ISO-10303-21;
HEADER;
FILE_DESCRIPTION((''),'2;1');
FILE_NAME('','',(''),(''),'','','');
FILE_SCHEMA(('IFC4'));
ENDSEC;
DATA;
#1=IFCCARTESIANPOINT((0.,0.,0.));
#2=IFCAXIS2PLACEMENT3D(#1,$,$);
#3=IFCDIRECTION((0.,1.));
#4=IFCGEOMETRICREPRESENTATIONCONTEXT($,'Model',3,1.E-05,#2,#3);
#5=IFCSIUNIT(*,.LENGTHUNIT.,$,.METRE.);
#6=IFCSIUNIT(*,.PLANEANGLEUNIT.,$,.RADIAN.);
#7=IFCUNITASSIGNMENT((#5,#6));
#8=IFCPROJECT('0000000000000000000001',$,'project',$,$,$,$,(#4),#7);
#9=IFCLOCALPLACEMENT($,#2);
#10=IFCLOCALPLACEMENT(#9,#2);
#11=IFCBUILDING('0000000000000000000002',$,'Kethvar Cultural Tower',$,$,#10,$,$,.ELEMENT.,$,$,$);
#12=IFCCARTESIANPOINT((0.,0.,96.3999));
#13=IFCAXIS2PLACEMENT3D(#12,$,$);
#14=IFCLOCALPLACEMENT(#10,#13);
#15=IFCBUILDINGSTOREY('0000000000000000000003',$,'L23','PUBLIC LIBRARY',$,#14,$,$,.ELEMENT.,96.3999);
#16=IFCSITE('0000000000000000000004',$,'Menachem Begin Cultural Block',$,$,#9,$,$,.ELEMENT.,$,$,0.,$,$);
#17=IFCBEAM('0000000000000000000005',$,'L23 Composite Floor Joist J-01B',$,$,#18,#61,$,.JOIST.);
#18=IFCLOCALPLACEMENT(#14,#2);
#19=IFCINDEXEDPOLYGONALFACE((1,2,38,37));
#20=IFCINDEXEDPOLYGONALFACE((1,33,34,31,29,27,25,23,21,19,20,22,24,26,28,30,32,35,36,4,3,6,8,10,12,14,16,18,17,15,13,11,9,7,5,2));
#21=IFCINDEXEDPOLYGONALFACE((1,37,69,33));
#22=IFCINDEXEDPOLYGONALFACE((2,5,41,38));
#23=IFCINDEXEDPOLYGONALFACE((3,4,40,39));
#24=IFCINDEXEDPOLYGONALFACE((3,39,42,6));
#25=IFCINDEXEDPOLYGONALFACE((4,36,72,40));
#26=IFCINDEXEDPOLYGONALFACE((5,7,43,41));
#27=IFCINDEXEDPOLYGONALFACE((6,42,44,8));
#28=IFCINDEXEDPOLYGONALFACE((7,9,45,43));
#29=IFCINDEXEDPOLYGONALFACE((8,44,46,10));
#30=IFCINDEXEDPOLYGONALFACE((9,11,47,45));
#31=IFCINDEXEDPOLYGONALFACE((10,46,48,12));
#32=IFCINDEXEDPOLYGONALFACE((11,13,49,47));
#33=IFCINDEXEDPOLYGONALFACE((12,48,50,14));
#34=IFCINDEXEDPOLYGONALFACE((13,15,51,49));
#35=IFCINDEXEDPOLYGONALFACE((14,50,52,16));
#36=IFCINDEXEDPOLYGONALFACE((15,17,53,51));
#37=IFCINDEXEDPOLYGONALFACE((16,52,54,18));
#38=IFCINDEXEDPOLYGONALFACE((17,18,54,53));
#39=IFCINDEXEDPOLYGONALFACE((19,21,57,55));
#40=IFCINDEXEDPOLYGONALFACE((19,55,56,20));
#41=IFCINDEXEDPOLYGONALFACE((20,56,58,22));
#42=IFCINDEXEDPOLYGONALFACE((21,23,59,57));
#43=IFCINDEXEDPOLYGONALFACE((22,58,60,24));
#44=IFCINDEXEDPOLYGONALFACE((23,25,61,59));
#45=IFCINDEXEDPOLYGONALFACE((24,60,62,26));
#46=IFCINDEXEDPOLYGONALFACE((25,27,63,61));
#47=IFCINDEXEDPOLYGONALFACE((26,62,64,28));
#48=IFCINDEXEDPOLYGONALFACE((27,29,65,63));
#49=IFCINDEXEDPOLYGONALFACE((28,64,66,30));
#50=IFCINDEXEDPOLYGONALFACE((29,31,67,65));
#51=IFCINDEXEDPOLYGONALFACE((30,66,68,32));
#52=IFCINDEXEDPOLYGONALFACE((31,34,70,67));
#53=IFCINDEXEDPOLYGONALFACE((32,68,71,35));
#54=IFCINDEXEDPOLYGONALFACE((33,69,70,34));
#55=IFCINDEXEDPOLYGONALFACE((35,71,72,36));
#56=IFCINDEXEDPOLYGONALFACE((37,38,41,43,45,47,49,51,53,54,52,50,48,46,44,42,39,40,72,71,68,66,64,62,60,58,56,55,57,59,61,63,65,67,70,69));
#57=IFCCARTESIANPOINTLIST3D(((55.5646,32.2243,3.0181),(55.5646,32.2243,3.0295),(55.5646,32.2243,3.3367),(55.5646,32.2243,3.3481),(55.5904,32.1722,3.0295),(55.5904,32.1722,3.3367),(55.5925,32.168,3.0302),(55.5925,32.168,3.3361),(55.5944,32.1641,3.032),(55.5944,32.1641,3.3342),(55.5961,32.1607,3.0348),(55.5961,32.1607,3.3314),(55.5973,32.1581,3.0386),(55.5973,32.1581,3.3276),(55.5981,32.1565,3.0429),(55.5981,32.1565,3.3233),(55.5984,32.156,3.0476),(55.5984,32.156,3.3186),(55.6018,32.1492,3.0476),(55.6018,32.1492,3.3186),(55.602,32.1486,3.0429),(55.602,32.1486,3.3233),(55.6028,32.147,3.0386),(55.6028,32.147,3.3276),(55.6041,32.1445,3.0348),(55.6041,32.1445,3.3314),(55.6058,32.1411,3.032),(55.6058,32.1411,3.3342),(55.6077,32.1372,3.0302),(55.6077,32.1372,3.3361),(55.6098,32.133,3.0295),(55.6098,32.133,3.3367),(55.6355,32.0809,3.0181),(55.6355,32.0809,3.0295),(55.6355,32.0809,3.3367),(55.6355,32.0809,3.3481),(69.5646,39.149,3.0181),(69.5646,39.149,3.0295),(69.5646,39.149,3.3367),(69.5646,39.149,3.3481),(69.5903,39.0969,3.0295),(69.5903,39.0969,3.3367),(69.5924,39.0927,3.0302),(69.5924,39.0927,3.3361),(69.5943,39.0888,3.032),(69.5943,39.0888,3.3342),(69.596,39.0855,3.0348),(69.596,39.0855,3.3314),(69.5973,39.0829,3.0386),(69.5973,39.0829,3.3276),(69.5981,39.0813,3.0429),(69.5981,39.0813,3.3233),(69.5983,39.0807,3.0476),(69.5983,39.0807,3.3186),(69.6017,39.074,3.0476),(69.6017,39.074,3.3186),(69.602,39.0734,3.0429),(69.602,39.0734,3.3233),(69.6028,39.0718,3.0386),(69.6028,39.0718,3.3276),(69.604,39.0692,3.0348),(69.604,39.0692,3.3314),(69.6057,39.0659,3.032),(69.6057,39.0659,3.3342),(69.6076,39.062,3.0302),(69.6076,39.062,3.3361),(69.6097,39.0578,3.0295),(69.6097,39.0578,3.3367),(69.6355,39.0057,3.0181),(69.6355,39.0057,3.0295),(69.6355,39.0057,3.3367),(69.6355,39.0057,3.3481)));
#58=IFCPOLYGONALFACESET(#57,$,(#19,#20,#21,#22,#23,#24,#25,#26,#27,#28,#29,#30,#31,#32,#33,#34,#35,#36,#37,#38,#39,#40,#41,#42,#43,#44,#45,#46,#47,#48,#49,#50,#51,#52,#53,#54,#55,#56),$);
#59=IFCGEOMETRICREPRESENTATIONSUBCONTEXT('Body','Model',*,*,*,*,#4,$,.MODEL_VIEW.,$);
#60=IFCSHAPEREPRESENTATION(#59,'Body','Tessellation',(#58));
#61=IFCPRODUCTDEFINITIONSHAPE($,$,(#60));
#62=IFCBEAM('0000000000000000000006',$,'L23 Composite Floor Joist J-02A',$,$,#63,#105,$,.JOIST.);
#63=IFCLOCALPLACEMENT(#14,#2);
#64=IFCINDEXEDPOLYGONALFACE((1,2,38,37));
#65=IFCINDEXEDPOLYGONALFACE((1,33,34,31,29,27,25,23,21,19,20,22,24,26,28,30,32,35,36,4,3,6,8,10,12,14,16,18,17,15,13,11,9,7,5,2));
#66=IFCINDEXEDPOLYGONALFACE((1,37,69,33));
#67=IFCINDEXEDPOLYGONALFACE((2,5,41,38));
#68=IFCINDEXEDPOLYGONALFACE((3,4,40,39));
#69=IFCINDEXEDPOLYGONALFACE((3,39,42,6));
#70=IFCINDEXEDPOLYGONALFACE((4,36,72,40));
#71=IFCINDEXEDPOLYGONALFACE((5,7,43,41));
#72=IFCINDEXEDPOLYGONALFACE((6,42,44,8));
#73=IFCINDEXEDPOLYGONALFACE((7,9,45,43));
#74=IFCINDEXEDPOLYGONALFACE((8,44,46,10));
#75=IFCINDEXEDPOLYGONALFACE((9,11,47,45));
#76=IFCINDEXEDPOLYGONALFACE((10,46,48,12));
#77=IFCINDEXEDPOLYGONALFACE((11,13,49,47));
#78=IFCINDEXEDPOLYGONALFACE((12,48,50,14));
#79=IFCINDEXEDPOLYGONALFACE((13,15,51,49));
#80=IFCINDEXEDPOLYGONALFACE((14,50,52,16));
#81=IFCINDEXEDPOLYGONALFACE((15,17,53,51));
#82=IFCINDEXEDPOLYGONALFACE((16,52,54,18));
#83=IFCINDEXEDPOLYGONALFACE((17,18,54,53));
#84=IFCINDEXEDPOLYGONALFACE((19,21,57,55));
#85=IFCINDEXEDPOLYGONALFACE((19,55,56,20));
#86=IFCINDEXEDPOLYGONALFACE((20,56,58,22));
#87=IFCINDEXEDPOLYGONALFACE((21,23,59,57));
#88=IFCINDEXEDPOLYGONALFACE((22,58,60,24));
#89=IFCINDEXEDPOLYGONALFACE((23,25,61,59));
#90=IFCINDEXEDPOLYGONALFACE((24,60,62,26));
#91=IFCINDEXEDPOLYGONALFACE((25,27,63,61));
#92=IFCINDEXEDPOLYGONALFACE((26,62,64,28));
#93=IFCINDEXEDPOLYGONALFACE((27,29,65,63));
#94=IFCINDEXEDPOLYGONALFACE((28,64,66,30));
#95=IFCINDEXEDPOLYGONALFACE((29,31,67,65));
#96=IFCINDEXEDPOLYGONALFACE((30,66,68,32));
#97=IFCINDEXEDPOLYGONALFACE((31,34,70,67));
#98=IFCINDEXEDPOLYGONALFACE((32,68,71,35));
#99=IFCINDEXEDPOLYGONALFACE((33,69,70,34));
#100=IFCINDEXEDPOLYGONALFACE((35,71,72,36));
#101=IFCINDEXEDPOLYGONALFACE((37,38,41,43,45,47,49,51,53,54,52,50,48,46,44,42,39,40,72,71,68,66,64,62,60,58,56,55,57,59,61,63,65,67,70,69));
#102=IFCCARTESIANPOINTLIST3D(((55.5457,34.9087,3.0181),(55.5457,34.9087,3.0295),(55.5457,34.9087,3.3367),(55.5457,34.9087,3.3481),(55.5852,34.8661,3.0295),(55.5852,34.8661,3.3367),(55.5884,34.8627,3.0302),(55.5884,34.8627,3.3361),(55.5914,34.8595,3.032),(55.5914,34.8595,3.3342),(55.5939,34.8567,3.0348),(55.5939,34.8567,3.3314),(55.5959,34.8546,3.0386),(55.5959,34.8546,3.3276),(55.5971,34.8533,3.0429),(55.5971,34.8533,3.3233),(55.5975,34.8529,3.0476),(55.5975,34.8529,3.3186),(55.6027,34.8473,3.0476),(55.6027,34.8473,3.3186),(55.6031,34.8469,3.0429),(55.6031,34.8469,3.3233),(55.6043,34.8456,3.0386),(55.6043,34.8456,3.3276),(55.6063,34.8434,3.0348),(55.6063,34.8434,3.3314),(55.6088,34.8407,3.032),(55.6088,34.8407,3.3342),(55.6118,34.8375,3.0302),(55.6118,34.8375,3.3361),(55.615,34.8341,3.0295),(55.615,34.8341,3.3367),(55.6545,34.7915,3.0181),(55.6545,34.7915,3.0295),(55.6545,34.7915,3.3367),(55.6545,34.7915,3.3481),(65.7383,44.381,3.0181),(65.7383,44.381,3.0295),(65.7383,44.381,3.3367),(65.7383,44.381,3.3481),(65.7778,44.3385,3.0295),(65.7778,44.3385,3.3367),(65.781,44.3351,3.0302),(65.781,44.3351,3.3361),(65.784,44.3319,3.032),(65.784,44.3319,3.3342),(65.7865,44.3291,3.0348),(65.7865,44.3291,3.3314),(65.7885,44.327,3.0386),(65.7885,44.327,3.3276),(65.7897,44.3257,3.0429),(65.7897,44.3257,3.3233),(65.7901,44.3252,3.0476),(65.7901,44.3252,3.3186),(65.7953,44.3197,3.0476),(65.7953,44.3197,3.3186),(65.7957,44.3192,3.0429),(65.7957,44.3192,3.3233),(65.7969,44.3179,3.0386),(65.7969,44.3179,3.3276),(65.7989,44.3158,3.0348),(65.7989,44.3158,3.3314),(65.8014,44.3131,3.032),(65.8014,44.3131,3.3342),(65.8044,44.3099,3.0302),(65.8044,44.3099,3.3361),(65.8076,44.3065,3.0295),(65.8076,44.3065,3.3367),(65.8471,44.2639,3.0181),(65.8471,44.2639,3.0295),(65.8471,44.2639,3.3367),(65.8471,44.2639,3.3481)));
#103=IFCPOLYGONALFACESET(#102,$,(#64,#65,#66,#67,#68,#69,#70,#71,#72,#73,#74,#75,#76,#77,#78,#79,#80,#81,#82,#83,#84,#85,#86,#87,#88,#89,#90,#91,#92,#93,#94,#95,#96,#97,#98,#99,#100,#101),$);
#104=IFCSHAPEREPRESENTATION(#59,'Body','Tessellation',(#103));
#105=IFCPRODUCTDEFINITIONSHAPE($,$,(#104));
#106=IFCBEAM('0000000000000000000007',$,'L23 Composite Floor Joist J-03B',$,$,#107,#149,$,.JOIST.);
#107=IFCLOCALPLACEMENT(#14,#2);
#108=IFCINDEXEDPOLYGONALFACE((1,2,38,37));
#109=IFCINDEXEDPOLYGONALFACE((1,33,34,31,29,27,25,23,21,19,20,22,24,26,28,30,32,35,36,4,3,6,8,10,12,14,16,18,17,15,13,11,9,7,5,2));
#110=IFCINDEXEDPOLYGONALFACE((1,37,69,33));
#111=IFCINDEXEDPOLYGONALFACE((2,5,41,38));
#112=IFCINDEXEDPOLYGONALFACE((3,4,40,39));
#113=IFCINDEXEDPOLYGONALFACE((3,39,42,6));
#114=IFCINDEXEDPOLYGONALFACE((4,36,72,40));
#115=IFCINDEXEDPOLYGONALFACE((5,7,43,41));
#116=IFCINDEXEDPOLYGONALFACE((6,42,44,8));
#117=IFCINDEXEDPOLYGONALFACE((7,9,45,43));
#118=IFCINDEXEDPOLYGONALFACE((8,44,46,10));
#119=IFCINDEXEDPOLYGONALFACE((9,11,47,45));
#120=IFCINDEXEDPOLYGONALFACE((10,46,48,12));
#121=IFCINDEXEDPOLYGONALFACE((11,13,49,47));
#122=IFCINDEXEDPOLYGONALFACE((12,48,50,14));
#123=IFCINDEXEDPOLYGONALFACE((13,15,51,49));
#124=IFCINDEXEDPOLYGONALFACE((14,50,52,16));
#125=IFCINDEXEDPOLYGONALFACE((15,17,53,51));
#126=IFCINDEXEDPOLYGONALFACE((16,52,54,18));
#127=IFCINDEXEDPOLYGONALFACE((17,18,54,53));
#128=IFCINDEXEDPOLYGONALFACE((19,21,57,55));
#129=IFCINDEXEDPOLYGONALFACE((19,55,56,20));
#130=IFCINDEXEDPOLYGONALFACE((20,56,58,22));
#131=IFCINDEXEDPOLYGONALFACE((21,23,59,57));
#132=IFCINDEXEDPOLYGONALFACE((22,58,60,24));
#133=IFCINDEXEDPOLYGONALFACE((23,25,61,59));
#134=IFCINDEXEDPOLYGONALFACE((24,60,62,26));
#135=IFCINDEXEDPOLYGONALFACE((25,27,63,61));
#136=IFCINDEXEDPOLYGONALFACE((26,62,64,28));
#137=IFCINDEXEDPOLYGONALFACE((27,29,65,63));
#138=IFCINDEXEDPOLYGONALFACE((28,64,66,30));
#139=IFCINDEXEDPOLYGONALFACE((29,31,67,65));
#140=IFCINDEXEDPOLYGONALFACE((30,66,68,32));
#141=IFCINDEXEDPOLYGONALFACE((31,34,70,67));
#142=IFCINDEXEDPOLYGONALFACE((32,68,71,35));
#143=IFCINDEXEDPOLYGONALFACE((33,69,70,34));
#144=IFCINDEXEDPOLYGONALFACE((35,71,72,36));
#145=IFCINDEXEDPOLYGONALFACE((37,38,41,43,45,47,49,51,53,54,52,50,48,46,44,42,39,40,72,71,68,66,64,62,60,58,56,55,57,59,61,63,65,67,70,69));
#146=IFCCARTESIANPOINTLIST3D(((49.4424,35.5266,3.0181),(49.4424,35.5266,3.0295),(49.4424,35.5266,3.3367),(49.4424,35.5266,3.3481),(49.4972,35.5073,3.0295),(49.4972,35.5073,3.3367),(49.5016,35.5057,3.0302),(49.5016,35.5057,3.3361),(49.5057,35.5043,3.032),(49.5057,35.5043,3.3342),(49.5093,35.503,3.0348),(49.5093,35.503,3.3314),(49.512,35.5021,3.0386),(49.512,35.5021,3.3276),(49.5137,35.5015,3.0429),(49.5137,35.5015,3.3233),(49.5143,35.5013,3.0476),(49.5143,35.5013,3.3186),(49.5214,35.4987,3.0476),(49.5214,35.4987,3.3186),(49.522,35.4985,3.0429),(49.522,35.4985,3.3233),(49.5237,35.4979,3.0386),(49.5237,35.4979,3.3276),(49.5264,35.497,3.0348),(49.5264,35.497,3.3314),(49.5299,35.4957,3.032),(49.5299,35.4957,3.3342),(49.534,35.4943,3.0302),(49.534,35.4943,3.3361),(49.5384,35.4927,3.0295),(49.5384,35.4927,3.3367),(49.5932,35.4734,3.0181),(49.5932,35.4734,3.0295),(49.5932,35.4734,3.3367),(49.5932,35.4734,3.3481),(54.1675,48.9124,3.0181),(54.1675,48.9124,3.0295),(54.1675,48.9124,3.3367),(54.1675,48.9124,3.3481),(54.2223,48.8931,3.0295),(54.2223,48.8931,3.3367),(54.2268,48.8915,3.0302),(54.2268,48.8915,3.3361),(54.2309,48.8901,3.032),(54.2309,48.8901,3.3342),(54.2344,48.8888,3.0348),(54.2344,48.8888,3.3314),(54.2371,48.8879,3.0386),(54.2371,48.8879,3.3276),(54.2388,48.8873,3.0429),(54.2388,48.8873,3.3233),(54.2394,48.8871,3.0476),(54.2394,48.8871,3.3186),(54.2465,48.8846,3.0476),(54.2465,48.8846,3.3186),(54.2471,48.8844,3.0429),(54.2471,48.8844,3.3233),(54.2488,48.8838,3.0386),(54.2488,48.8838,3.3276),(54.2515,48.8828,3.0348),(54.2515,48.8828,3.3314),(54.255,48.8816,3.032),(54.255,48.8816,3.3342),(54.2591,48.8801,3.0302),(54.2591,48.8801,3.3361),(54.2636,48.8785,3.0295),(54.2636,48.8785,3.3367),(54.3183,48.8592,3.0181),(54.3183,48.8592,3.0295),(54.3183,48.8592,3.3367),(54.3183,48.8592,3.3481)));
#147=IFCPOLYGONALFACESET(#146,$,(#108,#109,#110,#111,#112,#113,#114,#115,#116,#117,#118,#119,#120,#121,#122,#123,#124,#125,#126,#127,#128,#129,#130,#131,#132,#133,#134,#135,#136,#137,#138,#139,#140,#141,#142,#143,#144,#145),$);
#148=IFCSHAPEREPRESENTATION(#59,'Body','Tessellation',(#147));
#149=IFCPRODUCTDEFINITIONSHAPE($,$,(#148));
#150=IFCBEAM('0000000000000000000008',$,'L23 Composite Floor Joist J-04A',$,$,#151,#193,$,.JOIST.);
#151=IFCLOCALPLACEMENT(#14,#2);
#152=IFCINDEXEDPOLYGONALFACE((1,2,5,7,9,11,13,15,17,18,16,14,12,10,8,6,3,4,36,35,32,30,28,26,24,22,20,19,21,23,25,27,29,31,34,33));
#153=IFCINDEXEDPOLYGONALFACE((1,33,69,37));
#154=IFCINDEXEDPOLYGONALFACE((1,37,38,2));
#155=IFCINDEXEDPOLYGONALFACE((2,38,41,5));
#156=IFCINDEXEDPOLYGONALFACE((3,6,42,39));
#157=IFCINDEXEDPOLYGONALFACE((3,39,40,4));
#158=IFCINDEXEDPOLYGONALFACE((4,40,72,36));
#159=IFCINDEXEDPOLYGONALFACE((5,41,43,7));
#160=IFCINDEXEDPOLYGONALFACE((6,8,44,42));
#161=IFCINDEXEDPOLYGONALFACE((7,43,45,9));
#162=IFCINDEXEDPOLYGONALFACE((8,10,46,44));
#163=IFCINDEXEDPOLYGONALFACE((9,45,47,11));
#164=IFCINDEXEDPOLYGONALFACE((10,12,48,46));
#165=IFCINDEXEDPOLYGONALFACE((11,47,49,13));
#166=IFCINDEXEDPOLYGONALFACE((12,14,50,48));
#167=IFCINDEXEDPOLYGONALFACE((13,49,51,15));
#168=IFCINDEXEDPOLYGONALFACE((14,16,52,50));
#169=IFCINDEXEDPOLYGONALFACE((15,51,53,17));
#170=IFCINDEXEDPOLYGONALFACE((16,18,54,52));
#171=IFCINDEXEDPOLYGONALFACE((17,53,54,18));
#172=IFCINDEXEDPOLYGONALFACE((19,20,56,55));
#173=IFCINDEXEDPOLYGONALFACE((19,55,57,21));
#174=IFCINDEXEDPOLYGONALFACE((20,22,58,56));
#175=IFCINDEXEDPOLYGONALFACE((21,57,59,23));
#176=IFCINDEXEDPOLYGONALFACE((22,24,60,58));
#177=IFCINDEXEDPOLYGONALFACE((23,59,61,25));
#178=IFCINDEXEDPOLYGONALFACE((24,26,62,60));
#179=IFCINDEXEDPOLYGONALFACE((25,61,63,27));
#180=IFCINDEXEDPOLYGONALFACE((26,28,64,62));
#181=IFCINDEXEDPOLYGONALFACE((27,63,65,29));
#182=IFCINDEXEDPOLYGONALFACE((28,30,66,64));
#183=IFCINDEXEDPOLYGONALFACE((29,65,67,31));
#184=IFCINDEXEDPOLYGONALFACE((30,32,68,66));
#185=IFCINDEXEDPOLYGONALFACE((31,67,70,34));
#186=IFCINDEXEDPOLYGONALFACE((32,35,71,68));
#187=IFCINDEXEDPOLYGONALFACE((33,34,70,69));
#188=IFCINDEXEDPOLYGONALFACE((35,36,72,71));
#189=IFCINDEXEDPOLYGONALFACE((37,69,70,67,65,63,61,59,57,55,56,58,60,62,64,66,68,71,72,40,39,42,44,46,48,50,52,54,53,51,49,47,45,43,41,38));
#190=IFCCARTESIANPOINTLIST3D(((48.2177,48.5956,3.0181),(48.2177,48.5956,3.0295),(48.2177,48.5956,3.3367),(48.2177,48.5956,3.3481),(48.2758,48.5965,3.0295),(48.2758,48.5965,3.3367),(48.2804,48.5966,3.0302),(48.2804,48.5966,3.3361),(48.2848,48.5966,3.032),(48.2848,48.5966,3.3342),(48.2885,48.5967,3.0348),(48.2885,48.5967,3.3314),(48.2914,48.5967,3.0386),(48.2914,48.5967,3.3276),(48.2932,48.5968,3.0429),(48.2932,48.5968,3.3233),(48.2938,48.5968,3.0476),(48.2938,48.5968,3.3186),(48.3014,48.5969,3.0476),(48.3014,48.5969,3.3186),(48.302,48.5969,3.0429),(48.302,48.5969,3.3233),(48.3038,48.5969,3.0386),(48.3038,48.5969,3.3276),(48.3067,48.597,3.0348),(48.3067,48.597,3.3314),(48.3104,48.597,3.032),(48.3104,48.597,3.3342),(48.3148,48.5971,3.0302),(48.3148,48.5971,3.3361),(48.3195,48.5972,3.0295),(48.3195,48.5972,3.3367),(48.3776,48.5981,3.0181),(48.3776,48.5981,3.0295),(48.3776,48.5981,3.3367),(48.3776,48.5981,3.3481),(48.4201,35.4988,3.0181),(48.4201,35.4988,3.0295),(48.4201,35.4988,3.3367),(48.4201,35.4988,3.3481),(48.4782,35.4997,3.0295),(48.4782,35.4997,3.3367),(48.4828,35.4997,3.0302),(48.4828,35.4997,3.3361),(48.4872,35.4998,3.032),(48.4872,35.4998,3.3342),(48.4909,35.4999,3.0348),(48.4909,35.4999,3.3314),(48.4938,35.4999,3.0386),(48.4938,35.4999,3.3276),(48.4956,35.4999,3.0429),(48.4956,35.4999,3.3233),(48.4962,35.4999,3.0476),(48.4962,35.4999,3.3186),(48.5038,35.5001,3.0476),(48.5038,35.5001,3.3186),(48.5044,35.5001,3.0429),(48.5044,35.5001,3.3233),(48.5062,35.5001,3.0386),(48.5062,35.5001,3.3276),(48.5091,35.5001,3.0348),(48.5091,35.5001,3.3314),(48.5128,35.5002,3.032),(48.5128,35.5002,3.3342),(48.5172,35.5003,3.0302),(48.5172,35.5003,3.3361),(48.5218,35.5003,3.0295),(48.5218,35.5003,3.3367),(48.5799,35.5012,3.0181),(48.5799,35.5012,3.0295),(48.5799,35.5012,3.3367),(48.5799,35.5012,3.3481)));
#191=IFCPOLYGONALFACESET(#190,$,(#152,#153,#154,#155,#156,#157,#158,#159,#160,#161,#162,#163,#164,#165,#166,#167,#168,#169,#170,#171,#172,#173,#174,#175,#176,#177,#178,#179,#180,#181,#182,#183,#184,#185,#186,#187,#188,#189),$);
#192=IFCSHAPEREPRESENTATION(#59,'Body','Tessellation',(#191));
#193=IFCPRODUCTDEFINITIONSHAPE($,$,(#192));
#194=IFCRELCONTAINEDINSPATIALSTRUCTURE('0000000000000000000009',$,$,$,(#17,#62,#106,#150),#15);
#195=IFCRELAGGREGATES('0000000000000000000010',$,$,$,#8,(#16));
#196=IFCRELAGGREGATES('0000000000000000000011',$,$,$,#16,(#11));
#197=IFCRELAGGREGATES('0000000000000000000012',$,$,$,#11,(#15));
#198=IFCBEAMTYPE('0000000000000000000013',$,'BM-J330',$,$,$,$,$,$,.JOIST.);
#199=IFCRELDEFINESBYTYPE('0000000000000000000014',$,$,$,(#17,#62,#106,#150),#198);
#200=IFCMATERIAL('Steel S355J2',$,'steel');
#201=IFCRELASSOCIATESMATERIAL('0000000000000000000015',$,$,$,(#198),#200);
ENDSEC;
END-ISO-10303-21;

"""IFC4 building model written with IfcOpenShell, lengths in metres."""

from ifc_helpers import new_model, si_unit, direction, frame, origin, origin_2d, place, context, subcontext, project, spatial, i_section, extrude, source, transform, mapped, material, material_profile, profile_set, type_object, element, save


model = new_model("IFC4")

# Units and contexts
model_context = context("Model", 3, precision=1e-05, world=origin(), true_north=direction((0.0, 1.0)))
body_context = subcontext(model_context, "Body", "Model", "MODEL_VIEW")
ifc_project = project(units=[si_unit("LENGTHUNIT", "METRE"), si_unit("PLANEANGLEUNIT", "RADIAN")], contexts=[model_context])

# Site, building, storey
site_placement = place(None, origin())
site = spatial("IfcSite", under=ifc_project, at=site_placement, Name="Menachem Begin Cultural Block", CompositionType="ELEMENT", RefElevation=0.0)
building_placement = place(site_placement, origin())
building = spatial("IfcBuilding", under=site, at=building_placement, Name="Kethvar Cultural Tower", CompositionType="ELEMENT")
storey_placement = place(building_placement, frame((0.0, 0.0, 96.3999)))
storey = spatial("IfcBuildingStorey", under=building, at=storey_placement, Name="L23", Description="PUBLIC LIBRARY", CompositionType="ELEMENT", Elevation=96.3999)

# Beams
ifc_material_1 = material(Name="Steel S355J2", Category="steel")
ifc_material_profile_1 = material_profile(ifc_material_1, i_section(OverallWidth=0.1599, OverallDepth=0.3301, WebThickness=0.0076, FlangeThickness=0.0115, FilletRadius=0.0181, at=origin_2d()), Name="Steel S355J2 — IPE330")
ifc_profile_set_1 = profile_set([ifc_material_profile_1], Name="Steel S355J2 — IPE330")
beam_type_1 = type_object("IfcBeamType", Name="BM-J330", PredefinedType="JOIST", material=ifc_profile_set_1)
shared_shape_1 = source(origin(), body_context, "Body", "SweptSolid", [
    extrude(i_section(OverallWidth=0.1599, OverallDepth=0.3301, WebThickness=0.0076, FlangeThickness=0.0115, FilletRadius=0.0181, at=origin_2d()), origin(), (0.0, 0.0, 1.0), 15.6189),
])
beam_1_placement = place(storey_placement, frame((55.6001, 32.1526, 3.1831), z_axis=(0.896345, 0.443358, 0.0), x_axis=(-0.443358, 0.896345, 0.0)))
element("IfcBeam", 1, at=beam_1_placement, inside=storey, type_object=beam_type_1, Name="L23 Composite Floor Joist J-01B", PredefinedType="JOIST", context=body_context, shape_type="MappedRepresentation", body=[
    mapped(shared_shape_1, transform((0.0, 0.0, 0.0), scale=1.0)),
])
shared_shape_2 = source(origin(), body_context, "Body", "SweptSolid", [
    extrude(i_section(OverallWidth=0.1599, OverallDepth=0.3301, WebThickness=0.0076, FlangeThickness=0.0115, FilletRadius=0.0181, at=origin_2d()), origin(), (0.0, 0.0, 1.0), 13.9146),
])
beam_2_placement = place(storey_placement, frame((55.6001, 34.8501, 3.1831), z_axis=(0.732513, 0.680753, 0.0), x_axis=(-0.680753, 0.732513, 0.0)))
element("IfcBeam", 2, at=beam_2_placement, inside=storey, type_object=beam_type_1, Name="L23 Composite Floor Joist J-02A", PredefinedType="JOIST", context=body_context, shape_type="MappedRepresentation", body=[
    mapped(shared_shape_2, transform((0.0, 0.0, 0.0), scale=1.0)),
])
shared_shape_3 = source(origin(), body_context, "Body", "SweptSolid", [
    extrude(i_section(OverallWidth=0.1599, OverallDepth=0.3301, WebThickness=0.0076, FlangeThickness=0.0115, FilletRadius=0.0181, at=origin_2d()), origin(), (0.0, 0.0, 1.0), 14.1953),
])
beam_3_placement = place(storey_placement, frame((49.5178, 35.5, 3.1831), z_axis=(0.332865, 0.942974, 0.0), x_axis=(-0.942974, 0.332865, 0.0)))
element("IfcBeam", 3, at=beam_3_placement, inside=storey, type_object=beam_type_1, Name="L23 Composite Floor Joist J-03B", PredefinedType="JOIST", context=body_context, shape_type="MappedRepresentation", body=[
    mapped(shared_shape_3, transform((0.0, 0.0, 0.0), scale=1.0)),
])
shared_shape_4 = source(origin(), body_context, "Body", "SweptSolid", [
    extrude(i_section(OverallWidth=0.1599, OverallDepth=0.3301, WebThickness=0.0076, FlangeThickness=0.0115, FilletRadius=0.0181, at=origin_2d()), origin(), (0.0, 0.0, 1.0), 13.0984),
])
beam_4_placement = place(storey_placement, frame((48.5, 35.5, 3.1831), z_axis=(-0.015452, 0.999881, 0.0), x_axis=(-0.999881, -0.015452, 0.0)))
element("IfcBeam", 4, at=beam_4_placement, inside=storey, type_object=beam_type_1, Name="L23 Composite Floor Joist J-04A", PredefinedType="JOIST", context=body_context, shape_type="MappedRepresentation", body=[
    mapped(shared_shape_4, transform((0.0, 0.0, 0.0), scale=1.0)),
])

save(model, "model.ifc")
